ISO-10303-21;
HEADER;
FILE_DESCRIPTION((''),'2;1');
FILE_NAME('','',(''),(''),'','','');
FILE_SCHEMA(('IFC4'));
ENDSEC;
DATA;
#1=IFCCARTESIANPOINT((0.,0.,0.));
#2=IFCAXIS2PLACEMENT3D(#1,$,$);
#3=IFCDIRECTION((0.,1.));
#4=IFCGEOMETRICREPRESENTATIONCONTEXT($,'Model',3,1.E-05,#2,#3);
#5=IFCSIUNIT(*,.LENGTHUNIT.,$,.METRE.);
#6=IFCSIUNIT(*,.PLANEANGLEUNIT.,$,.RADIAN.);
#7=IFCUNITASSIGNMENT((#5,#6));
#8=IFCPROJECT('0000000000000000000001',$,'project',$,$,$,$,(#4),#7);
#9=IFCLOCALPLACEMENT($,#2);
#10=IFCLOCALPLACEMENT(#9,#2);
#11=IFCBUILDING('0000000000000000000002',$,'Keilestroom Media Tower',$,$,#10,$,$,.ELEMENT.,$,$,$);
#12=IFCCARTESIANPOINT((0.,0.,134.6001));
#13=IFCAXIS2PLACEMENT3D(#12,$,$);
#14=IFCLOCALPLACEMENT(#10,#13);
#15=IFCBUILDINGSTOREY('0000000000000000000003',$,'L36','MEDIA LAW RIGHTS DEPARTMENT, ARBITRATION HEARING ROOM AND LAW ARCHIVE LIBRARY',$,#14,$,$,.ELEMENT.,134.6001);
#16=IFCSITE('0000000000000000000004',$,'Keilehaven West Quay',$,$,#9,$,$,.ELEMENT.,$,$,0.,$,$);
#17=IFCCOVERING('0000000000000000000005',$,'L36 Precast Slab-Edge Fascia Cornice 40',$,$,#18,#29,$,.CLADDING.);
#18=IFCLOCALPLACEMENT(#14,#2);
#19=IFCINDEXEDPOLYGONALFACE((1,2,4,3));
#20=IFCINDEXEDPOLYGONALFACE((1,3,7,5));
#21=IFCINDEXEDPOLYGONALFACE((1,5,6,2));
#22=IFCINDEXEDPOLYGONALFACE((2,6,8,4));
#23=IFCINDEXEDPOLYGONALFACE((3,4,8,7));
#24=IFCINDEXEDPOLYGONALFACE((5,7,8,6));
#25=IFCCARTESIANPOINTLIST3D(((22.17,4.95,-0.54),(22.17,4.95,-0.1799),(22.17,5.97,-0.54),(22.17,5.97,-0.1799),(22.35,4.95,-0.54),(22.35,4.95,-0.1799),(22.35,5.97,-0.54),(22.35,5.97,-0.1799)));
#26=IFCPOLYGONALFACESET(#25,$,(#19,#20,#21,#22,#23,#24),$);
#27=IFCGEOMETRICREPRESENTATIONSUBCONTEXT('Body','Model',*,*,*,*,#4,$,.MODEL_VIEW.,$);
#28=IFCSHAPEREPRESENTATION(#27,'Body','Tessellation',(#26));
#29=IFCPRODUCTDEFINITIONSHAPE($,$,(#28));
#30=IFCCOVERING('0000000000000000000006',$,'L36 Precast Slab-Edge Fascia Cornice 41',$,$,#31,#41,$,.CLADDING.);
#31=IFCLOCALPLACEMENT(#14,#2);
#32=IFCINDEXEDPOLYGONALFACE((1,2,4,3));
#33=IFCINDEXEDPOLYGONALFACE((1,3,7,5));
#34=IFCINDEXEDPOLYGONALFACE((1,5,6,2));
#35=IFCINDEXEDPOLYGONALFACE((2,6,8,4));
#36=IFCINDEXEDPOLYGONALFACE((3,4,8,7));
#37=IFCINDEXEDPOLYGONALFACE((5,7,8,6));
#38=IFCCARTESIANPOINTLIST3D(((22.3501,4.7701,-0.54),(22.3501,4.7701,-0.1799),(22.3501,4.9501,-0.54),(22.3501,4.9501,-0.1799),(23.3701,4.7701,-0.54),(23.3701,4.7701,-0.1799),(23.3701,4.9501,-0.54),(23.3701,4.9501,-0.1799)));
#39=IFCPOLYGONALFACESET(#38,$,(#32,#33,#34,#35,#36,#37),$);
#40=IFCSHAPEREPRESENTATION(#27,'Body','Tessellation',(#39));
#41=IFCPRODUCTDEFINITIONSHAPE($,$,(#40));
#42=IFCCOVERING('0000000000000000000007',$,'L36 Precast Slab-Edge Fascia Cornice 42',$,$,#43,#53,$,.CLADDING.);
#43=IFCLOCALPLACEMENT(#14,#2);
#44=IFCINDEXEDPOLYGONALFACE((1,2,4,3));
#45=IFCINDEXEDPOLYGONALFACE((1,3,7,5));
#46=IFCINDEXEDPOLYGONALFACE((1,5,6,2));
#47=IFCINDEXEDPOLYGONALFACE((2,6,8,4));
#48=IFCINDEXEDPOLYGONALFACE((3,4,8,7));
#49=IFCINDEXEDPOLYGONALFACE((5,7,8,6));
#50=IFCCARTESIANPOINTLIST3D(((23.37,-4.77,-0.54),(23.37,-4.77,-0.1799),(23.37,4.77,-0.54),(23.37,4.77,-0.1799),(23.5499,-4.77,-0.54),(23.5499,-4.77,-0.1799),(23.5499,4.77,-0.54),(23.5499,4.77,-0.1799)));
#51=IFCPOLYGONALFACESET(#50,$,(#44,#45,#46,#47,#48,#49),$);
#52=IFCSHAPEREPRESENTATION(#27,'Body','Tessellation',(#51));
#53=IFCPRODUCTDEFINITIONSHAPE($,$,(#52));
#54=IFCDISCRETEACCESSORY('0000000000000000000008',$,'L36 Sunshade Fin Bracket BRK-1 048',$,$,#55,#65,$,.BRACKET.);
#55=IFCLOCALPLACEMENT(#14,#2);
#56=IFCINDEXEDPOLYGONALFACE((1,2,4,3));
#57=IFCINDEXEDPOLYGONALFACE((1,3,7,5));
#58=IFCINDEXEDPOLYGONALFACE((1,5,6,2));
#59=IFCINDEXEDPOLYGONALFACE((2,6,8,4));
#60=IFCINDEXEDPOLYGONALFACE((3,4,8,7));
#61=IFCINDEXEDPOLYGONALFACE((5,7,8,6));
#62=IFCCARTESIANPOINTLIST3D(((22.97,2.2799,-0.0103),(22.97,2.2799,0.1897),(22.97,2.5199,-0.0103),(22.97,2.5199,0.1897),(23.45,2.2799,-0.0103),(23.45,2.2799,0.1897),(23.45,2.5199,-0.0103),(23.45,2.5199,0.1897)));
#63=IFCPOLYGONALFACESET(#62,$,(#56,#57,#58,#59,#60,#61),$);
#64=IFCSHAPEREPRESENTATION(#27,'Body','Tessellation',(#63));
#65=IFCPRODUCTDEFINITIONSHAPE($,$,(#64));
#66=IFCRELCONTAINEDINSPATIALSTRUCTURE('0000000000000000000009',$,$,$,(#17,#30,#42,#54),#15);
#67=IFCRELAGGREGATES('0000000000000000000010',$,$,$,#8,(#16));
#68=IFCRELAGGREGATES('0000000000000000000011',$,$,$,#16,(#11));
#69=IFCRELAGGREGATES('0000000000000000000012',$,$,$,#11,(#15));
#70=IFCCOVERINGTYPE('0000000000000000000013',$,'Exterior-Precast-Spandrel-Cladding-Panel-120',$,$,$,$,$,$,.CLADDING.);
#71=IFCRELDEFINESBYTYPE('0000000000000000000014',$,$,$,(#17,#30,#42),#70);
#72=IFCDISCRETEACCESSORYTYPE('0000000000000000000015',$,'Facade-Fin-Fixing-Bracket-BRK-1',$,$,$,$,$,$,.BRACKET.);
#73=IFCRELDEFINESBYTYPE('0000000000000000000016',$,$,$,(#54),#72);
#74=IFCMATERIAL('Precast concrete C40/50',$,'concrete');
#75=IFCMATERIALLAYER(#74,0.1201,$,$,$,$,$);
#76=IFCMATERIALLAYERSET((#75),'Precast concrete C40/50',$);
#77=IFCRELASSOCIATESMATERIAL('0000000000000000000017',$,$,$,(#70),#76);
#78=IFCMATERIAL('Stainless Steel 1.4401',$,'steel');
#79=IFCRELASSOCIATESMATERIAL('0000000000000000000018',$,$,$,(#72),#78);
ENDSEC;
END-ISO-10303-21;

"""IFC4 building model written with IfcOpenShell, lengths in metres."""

from ifc_helpers import new_model, si_unit, direction, frame, origin, origin_2d, place, context, subcontext, project, spatial, rectangle, extrude, source, transform, mapped, material, layer, layer_set, type_object, element, save


model = new_model("IFC4")

# Units and contexts
model_context = context("Model", 3, precision=1e-05, world=origin(), true_north=direction((0.0, 1.0)))
body_context = subcontext(model_context, "Body", "Model", "MODEL_VIEW")
ifc_project = project(units=[si_unit("LENGTHUNIT", "METRE"), si_unit("PLANEANGLEUNIT", "RADIAN")], contexts=[model_context])

# Site, building, storey
site_placement = place(None, origin())
site = spatial("IfcSite", under=ifc_project, at=site_placement, Name="Keilehaven West Quay", CompositionType="ELEMENT", RefElevation=0.0)
building_placement = place(site_placement, origin())
building = spatial("IfcBuilding", under=site, at=building_placement, Name="Keilestroom Media Tower", CompositionType="ELEMENT")
storey_placement = place(building_placement, frame((0.0, 0.0, 134.6001)))
storey = spatial("IfcBuildingStorey", under=building, at=storey_placement, Name="L36", Description="MEDIA LAW RIGHTS DEPARTMENT, ARBITRATION HEARING ROOM AND LAW ARCHIVE LIBRARY", CompositionType="ELEMENT", Elevation=134.6001)

# Shared definitions
ifc_material_1 = material(Name="Precast concrete C40/50", Category="concrete")

# Coverings
ifc_layer_1 = layer(ifc_material_1, 0.1201)
ifc_layer_set_1 = layer_set([ifc_layer_1], Name="Precast concrete C40/50")
covering_type = type_object("IfcCoveringType", Name="Exterior-Precast-Spandrel-Cladding-Panel-120", PredefinedType="CLADDING", material=ifc_layer_set_1)
shared_shape_1 = source(origin(), body_context, "Body", "SweptSolid", [
    extrude(rectangle(XDim=1.02, YDim=0.1799, at=origin_2d()), origin(), (0.0, 0.0, 1.0), 0.3601),
])
for number, where, z_axis, x_axis, name in (
    (1, (22.26, 5.46, -0.54), (0.0, 0.0, 1.0), (0.0, -1.0, 0.0), "L36 Precast Slab-Edge Fascia Cornice 40"),
    (2, (22.8601, 4.8601, -0.54), (0.0, 0.0, 1.0), (1.0, 0.0, 0.0), "L36 Precast Slab-Edge Fascia Cornice 41"),
):
    element("IfcCovering", number, at=place(storey_placement, frame(where, z_axis=z_axis, x_axis=x_axis)), inside=storey, type_object=covering_type, Name=name, PredefinedType="CLADDING", context=body_context, shape_type="MappedRepresentation", body=[
        mapped(shared_shape_1, transform((0.0, 0.0, 0.0), x_axis=(1.0, 0.0, 0.0), y_axis=(0.0, 1.0, 0.0), z_axis=(0.0, 0.0, 1.0), scale=1.0)),
    ])
shared_shape_2 = source(origin(), body_context, "Body", "SweptSolid", [
    extrude(rectangle(XDim=9.54, YDim=0.1799, at=origin_2d()), origin(), (0.0, 0.0, 1.0), 0.3601),
])
covering_placement = place(storey_placement, frame((23.46, 0.0, -0.54), z_axis=(0.0, 0.0, 1.0), x_axis=(0.0, -1.0, 0.0)))
element("IfcCovering", 3, at=covering_placement, inside=storey, type_object=covering_type, Name="L36 Precast Slab-Edge Fascia Cornice 42", PredefinedType="CLADDING", context=body_context, shape_type="MappedRepresentation", body=[
    mapped(shared_shape_2, transform((0.0, 0.0, 0.0), x_axis=(1.0, 0.0, 0.0), y_axis=(0.0, 1.0, 0.0), z_axis=(0.0, 0.0, 1.0), scale=1.0)),
])

# Discrete accessory
ifc_material_2 = material(Name="Stainless Steel 1.4401", Category="steel")
discrete_accessory_type = type_object("IfcDiscreteAccessoryType", Name="Facade-Fin-Fixing-Bracket-BRK-1", PredefinedType="BRACKET", material=ifc_material_2)
shared_shape_3 = source(origin(), body_context, "Body", "SweptSolid", [
    extrude(rectangle(XDim=0.48, YDim=0.24, at=origin_2d()), origin(), (0.0, 0.0, 1.0), 0.2),
])
discrete_accessory_placement = place(storey_placement, frame((23.21, 2.3999, -0.0103), z_axis=(0.0, 0.0, 1.0), x_axis=(1.0, 0.0, 0.0)))
element("IfcDiscreteAccessory", 4, at=discrete_accessory_placement, inside=storey, type_object=discrete_accessory_type, Name="L36 Sunshade Fin Bracket BRK-1 048", PredefinedType="BRACKET", context=body_context, shape_type="MappedRepresentation", body=[
    mapped(shared_shape_3, transform((0.0, 0.0, 0.0), x_axis=(1.0, 0.0, 0.0), y_axis=(0.0, 1.0, 0.0), z_axis=(0.0, 0.0, 1.0), scale=1.0)),
])

save(model, "model.ifc")
